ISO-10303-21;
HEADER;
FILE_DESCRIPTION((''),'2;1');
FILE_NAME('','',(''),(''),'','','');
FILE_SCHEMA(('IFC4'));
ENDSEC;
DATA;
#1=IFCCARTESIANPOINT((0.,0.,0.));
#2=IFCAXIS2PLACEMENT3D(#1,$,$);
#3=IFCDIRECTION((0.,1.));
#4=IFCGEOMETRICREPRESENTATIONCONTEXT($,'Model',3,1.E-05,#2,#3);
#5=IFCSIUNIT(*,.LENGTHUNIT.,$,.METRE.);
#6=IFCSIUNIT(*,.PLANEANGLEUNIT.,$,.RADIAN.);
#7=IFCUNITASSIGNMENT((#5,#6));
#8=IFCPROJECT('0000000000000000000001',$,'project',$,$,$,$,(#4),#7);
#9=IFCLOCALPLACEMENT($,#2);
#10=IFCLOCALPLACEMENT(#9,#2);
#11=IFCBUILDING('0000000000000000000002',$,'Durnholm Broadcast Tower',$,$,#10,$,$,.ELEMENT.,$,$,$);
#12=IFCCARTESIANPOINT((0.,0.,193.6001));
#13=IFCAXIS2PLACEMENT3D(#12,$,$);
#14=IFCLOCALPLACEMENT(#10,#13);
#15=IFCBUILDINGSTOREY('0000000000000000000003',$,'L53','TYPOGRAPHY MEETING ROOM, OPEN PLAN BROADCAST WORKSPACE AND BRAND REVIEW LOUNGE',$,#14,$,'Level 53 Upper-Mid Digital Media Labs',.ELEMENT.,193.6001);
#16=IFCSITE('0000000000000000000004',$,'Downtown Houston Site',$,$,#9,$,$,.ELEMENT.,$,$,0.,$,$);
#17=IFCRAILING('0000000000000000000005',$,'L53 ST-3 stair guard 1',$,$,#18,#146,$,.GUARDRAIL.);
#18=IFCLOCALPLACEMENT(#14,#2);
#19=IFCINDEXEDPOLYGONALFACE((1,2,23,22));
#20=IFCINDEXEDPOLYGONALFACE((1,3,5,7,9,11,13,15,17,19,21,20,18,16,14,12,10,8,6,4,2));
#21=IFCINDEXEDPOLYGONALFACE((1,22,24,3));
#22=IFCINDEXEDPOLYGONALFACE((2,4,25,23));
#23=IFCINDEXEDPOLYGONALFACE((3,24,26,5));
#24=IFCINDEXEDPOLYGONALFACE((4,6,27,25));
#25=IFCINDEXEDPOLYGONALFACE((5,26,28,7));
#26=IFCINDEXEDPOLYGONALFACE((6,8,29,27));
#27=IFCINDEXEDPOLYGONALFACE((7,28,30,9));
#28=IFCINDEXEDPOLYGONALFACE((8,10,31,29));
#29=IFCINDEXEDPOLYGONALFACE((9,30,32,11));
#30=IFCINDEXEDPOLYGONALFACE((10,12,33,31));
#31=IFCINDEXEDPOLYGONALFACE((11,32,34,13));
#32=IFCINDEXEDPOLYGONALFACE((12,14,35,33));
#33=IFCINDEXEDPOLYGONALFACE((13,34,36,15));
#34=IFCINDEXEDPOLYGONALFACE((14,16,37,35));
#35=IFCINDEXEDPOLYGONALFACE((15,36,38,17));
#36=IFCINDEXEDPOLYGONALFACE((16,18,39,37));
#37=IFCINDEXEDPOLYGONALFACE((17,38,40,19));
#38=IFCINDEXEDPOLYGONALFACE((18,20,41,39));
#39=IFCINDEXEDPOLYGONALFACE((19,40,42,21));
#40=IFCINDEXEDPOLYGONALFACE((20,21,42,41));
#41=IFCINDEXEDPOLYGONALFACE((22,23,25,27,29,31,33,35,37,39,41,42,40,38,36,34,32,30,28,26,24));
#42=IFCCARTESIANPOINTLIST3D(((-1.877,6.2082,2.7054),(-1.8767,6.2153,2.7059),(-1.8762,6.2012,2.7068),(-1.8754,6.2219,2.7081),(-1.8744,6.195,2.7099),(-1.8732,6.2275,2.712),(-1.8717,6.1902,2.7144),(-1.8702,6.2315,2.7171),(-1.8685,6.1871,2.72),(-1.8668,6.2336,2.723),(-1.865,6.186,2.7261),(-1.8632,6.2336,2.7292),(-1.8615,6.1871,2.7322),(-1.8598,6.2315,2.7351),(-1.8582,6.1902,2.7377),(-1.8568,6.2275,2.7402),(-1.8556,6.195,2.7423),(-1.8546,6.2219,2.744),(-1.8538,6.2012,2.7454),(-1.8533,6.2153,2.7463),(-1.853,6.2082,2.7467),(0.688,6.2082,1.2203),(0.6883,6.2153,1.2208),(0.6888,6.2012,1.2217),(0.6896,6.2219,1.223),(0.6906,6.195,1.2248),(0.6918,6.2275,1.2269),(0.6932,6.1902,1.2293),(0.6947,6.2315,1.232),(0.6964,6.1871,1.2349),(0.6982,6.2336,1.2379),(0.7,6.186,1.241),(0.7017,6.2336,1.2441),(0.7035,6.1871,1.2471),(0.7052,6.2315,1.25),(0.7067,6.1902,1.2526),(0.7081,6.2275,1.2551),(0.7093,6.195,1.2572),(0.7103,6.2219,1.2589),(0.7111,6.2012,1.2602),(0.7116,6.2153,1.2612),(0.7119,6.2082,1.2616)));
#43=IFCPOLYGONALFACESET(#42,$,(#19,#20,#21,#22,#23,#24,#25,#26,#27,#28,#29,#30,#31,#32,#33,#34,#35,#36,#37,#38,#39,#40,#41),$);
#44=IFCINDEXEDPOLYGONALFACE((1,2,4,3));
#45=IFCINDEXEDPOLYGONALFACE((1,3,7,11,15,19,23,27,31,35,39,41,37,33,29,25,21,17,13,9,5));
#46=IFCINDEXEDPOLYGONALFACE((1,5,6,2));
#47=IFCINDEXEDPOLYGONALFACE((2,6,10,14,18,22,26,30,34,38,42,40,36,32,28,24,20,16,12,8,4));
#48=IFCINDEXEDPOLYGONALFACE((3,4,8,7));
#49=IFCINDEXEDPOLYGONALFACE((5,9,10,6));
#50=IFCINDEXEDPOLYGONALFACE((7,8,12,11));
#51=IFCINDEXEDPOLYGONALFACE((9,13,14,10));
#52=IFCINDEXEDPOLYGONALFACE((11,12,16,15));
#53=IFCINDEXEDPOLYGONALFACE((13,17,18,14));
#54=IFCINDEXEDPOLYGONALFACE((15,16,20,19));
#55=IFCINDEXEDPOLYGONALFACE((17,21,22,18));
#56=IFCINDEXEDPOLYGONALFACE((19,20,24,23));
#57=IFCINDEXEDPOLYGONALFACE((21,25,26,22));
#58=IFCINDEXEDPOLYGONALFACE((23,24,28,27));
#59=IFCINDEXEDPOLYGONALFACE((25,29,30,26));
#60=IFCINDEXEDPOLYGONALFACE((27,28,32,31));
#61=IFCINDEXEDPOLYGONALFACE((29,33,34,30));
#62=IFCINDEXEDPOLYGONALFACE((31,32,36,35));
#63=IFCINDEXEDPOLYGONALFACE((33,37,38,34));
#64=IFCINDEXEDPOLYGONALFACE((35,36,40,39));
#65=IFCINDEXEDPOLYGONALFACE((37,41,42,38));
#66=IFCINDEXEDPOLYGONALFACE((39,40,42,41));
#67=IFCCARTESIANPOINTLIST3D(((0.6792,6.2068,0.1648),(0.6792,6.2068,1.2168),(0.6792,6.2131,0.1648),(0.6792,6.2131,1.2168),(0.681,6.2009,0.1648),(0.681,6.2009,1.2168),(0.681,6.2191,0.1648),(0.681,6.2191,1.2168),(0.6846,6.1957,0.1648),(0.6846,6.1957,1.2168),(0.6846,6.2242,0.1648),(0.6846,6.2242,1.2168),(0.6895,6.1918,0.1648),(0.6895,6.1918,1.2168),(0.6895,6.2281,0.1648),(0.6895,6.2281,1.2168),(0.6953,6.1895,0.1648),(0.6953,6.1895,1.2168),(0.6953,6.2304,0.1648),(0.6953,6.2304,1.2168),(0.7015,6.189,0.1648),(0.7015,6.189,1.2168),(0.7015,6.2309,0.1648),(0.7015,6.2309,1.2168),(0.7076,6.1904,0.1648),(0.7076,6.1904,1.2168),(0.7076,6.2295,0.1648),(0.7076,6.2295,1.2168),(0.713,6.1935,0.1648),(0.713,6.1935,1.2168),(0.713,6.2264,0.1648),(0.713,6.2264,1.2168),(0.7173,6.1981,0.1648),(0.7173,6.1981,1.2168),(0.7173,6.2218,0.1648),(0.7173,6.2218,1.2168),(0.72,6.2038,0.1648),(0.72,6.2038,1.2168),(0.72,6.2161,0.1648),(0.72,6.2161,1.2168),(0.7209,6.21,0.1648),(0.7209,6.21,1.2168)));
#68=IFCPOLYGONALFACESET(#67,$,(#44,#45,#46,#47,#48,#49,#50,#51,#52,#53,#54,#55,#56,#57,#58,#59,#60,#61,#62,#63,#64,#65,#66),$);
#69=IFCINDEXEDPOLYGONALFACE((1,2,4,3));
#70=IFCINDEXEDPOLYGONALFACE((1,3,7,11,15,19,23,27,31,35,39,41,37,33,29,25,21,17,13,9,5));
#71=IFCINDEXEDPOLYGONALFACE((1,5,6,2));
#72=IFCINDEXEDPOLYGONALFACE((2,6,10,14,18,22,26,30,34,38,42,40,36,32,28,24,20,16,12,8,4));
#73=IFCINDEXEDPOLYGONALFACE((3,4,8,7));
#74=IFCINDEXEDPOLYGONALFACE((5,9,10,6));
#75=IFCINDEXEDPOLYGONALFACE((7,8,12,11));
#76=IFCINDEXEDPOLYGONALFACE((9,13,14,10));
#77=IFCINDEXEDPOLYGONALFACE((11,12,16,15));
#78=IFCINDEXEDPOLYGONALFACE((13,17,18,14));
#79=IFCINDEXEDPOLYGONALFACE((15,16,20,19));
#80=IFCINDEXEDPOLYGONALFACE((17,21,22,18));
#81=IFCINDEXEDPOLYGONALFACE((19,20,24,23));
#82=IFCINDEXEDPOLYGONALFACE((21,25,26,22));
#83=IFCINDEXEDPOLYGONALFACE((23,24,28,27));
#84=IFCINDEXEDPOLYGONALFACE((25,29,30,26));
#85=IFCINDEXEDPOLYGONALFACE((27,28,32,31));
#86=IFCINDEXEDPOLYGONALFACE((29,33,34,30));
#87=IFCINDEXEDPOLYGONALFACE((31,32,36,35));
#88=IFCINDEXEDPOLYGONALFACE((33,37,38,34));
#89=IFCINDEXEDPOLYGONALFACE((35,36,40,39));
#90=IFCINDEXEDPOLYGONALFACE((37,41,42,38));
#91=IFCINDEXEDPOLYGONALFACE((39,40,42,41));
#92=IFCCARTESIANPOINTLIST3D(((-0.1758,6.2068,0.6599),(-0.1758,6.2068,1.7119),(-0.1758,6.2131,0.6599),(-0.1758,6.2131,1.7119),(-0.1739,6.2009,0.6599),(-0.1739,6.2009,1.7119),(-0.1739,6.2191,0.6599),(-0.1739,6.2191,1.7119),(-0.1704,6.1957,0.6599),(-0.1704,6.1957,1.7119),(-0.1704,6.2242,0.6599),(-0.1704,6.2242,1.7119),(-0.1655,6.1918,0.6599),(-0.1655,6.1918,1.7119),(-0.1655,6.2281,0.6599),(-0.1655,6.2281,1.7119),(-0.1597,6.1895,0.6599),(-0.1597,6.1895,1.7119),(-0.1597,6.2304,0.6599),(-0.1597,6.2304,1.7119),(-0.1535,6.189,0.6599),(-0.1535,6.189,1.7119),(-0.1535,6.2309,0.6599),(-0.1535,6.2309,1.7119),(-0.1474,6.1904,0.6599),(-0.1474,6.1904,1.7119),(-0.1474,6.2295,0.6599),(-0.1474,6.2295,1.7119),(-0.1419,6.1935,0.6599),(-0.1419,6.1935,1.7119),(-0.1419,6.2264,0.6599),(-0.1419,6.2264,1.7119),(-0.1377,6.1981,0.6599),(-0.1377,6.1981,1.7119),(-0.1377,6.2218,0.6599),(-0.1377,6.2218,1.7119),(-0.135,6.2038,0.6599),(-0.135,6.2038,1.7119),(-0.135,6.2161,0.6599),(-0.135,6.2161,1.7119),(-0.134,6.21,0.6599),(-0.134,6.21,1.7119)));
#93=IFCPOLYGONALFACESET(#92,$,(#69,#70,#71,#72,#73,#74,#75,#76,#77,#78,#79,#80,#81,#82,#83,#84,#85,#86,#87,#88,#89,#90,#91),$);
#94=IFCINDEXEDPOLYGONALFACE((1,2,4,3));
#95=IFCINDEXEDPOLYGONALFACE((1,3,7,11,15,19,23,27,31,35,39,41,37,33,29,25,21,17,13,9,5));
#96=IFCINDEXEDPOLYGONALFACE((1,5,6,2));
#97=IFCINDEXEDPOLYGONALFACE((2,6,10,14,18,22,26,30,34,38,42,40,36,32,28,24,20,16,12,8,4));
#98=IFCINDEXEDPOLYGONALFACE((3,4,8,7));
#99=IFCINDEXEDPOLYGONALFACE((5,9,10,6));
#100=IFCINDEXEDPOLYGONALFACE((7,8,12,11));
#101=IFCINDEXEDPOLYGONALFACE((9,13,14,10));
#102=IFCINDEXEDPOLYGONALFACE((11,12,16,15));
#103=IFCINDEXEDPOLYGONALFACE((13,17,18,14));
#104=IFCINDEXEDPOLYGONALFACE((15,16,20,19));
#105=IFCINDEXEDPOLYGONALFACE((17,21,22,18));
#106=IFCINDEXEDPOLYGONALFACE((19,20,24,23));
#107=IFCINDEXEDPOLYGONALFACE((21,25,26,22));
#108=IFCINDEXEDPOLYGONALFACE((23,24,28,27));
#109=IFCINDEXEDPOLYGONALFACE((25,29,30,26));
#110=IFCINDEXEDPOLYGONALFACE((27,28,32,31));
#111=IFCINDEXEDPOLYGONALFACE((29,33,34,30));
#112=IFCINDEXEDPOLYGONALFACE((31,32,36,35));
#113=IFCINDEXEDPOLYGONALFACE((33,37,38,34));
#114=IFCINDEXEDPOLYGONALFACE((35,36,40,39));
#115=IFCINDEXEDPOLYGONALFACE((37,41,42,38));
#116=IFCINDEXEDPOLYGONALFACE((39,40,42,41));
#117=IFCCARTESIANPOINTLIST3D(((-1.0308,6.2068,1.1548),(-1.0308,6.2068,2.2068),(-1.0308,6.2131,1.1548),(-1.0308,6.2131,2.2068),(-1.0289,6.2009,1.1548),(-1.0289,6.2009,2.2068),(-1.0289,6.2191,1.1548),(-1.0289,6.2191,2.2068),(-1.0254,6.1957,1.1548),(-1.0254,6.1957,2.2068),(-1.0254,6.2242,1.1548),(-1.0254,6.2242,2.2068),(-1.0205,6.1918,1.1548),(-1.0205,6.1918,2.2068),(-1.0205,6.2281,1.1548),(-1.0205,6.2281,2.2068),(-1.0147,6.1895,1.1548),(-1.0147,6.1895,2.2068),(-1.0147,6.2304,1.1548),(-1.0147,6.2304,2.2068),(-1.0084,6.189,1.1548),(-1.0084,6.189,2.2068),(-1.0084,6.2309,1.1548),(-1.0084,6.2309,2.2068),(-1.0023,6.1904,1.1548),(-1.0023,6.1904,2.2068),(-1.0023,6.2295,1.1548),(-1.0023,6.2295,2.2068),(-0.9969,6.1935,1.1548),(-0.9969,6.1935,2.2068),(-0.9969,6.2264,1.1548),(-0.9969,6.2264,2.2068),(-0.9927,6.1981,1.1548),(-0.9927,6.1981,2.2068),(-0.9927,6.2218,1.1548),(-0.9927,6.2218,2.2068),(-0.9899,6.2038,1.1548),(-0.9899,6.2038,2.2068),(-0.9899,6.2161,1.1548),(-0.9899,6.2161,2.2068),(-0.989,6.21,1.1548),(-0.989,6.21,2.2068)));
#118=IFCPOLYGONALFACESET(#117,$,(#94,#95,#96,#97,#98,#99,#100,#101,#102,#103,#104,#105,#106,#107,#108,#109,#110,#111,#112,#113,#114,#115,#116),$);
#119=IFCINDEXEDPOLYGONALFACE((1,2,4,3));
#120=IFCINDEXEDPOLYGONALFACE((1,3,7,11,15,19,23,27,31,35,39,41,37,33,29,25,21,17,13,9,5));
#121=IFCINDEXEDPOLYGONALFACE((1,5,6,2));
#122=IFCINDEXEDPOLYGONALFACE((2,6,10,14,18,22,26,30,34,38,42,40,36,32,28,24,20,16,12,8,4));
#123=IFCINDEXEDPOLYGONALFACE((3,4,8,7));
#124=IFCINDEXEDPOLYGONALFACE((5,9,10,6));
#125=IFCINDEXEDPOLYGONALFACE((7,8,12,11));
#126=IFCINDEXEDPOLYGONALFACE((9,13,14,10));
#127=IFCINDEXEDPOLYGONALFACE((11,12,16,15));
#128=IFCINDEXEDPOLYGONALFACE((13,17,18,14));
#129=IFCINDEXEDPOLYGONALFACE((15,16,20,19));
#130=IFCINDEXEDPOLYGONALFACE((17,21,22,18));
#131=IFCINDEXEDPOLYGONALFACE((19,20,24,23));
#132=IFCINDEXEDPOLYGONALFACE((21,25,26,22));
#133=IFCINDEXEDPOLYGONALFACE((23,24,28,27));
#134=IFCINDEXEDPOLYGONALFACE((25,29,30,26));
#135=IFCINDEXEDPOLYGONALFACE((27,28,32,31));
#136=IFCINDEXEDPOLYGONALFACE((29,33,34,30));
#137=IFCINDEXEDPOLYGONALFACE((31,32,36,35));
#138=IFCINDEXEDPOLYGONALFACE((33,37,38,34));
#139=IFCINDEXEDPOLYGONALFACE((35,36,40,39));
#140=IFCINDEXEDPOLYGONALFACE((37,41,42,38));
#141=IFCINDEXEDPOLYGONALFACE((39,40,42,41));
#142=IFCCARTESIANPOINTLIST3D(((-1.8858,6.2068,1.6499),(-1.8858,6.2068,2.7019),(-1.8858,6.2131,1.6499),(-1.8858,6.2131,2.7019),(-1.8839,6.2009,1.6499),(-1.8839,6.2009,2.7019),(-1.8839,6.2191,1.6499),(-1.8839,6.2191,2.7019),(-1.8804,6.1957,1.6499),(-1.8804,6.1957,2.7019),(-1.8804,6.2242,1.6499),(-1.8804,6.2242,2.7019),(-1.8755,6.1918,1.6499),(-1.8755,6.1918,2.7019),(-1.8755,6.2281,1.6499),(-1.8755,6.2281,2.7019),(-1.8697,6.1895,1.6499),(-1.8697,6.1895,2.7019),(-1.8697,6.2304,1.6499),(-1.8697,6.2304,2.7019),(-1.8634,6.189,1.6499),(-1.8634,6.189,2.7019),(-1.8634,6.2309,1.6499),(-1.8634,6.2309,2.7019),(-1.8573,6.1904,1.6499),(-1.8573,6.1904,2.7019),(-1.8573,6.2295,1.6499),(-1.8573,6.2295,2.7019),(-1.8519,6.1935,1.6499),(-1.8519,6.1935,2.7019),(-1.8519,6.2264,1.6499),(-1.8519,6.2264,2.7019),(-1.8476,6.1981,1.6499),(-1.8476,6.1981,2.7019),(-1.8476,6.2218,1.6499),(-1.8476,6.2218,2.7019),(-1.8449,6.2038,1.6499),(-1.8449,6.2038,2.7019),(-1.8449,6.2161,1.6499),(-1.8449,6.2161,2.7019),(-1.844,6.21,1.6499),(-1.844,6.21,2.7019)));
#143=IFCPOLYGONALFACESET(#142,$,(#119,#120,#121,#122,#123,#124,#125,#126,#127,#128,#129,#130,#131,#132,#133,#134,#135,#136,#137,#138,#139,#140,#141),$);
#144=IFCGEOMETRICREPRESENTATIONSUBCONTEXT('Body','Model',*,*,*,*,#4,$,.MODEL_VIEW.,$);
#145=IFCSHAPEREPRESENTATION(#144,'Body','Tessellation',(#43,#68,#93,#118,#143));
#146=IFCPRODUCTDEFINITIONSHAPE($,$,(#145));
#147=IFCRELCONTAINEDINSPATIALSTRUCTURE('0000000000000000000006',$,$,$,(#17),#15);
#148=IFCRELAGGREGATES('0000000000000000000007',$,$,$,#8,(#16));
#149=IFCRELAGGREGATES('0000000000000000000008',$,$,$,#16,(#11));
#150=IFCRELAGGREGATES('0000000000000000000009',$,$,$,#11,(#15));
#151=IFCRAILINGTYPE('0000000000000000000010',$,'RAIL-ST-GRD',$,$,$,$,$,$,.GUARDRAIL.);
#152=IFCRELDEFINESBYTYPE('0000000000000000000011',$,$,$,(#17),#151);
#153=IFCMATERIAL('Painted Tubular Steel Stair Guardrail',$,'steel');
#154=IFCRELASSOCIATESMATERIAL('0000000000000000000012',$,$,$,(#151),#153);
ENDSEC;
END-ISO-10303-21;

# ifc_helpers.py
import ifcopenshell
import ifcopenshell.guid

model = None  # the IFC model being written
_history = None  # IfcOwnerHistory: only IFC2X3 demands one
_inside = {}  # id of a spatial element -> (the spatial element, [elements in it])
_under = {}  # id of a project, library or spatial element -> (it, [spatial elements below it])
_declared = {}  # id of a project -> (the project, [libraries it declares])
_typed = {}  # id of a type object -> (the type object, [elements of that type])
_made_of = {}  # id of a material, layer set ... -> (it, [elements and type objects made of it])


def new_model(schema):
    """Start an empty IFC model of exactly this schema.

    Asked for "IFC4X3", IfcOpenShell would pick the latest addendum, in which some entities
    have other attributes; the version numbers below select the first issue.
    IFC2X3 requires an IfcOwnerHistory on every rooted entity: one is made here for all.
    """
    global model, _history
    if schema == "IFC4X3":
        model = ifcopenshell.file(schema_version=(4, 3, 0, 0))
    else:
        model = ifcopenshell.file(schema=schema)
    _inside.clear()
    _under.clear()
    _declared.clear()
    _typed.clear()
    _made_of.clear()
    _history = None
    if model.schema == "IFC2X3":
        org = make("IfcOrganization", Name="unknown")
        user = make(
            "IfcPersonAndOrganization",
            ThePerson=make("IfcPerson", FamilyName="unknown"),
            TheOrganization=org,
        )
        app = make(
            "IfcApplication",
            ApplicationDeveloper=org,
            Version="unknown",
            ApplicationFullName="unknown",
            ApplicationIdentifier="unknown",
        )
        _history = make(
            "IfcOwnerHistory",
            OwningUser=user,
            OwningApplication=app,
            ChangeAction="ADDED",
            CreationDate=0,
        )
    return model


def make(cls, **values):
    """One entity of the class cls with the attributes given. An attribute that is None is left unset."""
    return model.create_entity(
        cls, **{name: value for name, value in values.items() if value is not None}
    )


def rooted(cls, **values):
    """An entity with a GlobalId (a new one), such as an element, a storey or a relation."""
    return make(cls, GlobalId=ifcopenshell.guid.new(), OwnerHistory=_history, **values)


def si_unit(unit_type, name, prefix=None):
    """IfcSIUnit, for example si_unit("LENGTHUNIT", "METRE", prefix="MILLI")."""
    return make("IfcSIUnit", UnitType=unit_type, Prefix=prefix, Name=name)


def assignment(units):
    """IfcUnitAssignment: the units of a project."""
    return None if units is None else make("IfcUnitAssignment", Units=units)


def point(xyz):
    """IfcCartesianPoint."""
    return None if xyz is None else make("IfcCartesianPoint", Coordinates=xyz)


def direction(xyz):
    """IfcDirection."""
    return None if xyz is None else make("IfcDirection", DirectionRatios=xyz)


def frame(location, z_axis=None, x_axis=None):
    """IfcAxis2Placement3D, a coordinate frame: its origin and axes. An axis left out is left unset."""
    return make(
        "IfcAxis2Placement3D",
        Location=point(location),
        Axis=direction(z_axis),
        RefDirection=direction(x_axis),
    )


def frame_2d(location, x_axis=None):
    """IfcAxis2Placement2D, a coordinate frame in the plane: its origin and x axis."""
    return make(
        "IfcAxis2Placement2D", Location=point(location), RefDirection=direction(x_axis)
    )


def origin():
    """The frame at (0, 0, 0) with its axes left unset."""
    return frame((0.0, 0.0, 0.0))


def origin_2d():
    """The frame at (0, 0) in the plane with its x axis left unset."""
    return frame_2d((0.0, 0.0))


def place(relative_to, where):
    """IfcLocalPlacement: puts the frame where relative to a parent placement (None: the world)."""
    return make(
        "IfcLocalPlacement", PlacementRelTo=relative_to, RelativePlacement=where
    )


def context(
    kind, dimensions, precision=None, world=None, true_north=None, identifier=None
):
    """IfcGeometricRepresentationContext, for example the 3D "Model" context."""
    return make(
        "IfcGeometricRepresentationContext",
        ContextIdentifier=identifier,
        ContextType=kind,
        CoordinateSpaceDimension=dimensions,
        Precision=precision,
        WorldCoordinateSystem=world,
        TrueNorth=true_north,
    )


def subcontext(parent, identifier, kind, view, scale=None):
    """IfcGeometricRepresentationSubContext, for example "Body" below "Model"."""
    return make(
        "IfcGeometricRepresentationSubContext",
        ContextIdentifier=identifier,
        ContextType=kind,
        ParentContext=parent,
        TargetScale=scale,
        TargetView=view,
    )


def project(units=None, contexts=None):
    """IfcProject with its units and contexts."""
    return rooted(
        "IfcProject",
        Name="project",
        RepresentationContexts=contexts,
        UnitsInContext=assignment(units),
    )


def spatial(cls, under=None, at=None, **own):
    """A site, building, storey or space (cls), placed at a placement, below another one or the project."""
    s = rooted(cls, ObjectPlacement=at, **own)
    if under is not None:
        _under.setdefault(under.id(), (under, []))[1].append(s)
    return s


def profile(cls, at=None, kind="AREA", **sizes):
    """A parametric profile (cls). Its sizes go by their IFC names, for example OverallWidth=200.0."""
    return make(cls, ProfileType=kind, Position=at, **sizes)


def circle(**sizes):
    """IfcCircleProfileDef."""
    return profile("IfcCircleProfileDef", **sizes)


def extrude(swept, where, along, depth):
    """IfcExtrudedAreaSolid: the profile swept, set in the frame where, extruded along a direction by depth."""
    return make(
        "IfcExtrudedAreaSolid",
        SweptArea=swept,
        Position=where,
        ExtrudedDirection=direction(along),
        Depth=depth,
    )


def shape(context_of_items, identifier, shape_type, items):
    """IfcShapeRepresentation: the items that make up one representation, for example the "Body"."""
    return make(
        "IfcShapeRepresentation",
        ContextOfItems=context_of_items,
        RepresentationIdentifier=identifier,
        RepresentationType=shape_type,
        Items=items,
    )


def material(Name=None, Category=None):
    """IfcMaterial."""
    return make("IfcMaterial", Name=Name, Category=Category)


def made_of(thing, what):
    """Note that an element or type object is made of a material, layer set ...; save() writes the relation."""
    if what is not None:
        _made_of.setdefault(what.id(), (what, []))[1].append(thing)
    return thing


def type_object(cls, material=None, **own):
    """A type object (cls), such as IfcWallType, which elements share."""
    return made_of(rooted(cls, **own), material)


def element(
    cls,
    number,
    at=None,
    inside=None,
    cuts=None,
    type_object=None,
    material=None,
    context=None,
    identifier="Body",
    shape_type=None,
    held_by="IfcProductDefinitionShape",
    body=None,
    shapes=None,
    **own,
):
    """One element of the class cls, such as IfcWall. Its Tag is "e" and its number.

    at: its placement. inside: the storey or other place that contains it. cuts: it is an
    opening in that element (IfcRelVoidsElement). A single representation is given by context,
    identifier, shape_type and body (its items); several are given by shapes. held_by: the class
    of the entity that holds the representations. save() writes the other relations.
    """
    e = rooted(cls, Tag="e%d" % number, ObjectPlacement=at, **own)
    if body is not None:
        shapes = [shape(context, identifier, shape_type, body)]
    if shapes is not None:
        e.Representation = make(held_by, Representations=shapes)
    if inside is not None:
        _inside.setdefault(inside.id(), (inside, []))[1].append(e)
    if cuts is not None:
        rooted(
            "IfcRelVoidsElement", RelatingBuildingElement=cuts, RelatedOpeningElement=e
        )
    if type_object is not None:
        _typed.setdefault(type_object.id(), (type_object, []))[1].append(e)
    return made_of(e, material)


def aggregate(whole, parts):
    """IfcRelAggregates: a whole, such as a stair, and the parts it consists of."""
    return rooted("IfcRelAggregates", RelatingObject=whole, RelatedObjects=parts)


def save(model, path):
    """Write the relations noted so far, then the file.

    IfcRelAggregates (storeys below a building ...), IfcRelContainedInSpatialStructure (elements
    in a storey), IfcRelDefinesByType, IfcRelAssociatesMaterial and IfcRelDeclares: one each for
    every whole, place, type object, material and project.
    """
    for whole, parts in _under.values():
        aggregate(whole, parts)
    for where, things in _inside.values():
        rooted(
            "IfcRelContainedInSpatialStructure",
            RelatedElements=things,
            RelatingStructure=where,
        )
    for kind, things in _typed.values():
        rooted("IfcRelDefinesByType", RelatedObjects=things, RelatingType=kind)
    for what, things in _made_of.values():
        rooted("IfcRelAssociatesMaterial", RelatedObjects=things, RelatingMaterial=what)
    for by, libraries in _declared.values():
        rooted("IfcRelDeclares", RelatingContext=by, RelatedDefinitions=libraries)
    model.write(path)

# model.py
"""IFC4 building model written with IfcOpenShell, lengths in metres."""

from ifc_helpers import new_model, si_unit, direction, frame, origin, origin_2d, place, context, subcontext, project, spatial, circle, extrude, material, type_object, element, save


model = new_model("IFC4")

# Units and contexts
model_context = context("Model", 3, precision=1e-05, world=origin(), true_north=direction((0.0, 1.0)))
body_context = subcontext(model_context, "Body", "Model", "MODEL_VIEW")
ifc_project = project(units=[si_unit("LENGTHUNIT", "METRE"), si_unit("PLANEANGLEUNIT", "RADIAN")], contexts=[model_context])

# Site, building, storey
site_placement = place(None, origin())
site = spatial("IfcSite", under=ifc_project, at=site_placement, Name="Downtown Houston Site", CompositionType="ELEMENT", RefElevation=0.0)
building_placement = place(site_placement, origin())
building = spatial("IfcBuilding", under=site, at=building_placement, Name="Durnholm Broadcast Tower", CompositionType="ELEMENT")
storey_placement = place(building_placement, frame((0.0, 0.0, 193.6001)))
storey = spatial("IfcBuildingStorey", under=building, at=storey_placement, Name="L53", Description="TYPOGRAPHY MEETING ROOM, OPEN PLAN BROADCAST WORKSPACE AND BRAND REVIEW LOUNGE", LongName="Level 53 Upper-Mid Digital Media Labs", CompositionType="ELEMENT", Elevation=193.6001)

# Railing
ifc_material_1 = material(Name="Painted Tubular Steel Stair Guardrail", Category="steel")
railing_type_1 = type_object("IfcRailingType", Name="RAIL-ST-GRD", PredefinedType="GUARDRAIL", material=ifc_material_1)
railing_1_placement = place(storey_placement, frame((0.7, 6.21, 0.1648)))
element("IfcRailing", 1, at=railing_1_placement, inside=storey, type_object=railing_type_1, Name="L53 ST-3 stair guard 1", PredefinedType="GUARDRAIL", context=body_context, shape_type="SweptSolid", body=[
    extrude(circle(Radius=0.0239, at=origin_2d()), frame((0.0, 0.0, 1.0762), z_axis=(-0.865406, 0.0, 0.501072), x_axis=(0.0, -1.0, 0.0)), (0.0, 0.0, 1.0), 2.9639),
    extrude(circle(Radius=0.021, at=origin_2d()), origin(), (0.0, 0.0, 1.0), 1.052),
    extrude(circle(Radius=0.021, at=origin_2d()), frame((-0.855, 0.0, 0.4951)), (0.0, 0.0, 1.0), 1.052),
    extrude(circle(Radius=0.021, at=origin_2d()), frame((-1.71, 0.0, 0.99)), (0.0, 0.0, 1.0), 1.052),
    extrude(circle(Radius=0.021, at=origin_2d()), frame((-2.5649, 0.0, 1.4851)), (0.0, 0.0, 1.0), 1.052),
])

save(model, "model.ifc")
